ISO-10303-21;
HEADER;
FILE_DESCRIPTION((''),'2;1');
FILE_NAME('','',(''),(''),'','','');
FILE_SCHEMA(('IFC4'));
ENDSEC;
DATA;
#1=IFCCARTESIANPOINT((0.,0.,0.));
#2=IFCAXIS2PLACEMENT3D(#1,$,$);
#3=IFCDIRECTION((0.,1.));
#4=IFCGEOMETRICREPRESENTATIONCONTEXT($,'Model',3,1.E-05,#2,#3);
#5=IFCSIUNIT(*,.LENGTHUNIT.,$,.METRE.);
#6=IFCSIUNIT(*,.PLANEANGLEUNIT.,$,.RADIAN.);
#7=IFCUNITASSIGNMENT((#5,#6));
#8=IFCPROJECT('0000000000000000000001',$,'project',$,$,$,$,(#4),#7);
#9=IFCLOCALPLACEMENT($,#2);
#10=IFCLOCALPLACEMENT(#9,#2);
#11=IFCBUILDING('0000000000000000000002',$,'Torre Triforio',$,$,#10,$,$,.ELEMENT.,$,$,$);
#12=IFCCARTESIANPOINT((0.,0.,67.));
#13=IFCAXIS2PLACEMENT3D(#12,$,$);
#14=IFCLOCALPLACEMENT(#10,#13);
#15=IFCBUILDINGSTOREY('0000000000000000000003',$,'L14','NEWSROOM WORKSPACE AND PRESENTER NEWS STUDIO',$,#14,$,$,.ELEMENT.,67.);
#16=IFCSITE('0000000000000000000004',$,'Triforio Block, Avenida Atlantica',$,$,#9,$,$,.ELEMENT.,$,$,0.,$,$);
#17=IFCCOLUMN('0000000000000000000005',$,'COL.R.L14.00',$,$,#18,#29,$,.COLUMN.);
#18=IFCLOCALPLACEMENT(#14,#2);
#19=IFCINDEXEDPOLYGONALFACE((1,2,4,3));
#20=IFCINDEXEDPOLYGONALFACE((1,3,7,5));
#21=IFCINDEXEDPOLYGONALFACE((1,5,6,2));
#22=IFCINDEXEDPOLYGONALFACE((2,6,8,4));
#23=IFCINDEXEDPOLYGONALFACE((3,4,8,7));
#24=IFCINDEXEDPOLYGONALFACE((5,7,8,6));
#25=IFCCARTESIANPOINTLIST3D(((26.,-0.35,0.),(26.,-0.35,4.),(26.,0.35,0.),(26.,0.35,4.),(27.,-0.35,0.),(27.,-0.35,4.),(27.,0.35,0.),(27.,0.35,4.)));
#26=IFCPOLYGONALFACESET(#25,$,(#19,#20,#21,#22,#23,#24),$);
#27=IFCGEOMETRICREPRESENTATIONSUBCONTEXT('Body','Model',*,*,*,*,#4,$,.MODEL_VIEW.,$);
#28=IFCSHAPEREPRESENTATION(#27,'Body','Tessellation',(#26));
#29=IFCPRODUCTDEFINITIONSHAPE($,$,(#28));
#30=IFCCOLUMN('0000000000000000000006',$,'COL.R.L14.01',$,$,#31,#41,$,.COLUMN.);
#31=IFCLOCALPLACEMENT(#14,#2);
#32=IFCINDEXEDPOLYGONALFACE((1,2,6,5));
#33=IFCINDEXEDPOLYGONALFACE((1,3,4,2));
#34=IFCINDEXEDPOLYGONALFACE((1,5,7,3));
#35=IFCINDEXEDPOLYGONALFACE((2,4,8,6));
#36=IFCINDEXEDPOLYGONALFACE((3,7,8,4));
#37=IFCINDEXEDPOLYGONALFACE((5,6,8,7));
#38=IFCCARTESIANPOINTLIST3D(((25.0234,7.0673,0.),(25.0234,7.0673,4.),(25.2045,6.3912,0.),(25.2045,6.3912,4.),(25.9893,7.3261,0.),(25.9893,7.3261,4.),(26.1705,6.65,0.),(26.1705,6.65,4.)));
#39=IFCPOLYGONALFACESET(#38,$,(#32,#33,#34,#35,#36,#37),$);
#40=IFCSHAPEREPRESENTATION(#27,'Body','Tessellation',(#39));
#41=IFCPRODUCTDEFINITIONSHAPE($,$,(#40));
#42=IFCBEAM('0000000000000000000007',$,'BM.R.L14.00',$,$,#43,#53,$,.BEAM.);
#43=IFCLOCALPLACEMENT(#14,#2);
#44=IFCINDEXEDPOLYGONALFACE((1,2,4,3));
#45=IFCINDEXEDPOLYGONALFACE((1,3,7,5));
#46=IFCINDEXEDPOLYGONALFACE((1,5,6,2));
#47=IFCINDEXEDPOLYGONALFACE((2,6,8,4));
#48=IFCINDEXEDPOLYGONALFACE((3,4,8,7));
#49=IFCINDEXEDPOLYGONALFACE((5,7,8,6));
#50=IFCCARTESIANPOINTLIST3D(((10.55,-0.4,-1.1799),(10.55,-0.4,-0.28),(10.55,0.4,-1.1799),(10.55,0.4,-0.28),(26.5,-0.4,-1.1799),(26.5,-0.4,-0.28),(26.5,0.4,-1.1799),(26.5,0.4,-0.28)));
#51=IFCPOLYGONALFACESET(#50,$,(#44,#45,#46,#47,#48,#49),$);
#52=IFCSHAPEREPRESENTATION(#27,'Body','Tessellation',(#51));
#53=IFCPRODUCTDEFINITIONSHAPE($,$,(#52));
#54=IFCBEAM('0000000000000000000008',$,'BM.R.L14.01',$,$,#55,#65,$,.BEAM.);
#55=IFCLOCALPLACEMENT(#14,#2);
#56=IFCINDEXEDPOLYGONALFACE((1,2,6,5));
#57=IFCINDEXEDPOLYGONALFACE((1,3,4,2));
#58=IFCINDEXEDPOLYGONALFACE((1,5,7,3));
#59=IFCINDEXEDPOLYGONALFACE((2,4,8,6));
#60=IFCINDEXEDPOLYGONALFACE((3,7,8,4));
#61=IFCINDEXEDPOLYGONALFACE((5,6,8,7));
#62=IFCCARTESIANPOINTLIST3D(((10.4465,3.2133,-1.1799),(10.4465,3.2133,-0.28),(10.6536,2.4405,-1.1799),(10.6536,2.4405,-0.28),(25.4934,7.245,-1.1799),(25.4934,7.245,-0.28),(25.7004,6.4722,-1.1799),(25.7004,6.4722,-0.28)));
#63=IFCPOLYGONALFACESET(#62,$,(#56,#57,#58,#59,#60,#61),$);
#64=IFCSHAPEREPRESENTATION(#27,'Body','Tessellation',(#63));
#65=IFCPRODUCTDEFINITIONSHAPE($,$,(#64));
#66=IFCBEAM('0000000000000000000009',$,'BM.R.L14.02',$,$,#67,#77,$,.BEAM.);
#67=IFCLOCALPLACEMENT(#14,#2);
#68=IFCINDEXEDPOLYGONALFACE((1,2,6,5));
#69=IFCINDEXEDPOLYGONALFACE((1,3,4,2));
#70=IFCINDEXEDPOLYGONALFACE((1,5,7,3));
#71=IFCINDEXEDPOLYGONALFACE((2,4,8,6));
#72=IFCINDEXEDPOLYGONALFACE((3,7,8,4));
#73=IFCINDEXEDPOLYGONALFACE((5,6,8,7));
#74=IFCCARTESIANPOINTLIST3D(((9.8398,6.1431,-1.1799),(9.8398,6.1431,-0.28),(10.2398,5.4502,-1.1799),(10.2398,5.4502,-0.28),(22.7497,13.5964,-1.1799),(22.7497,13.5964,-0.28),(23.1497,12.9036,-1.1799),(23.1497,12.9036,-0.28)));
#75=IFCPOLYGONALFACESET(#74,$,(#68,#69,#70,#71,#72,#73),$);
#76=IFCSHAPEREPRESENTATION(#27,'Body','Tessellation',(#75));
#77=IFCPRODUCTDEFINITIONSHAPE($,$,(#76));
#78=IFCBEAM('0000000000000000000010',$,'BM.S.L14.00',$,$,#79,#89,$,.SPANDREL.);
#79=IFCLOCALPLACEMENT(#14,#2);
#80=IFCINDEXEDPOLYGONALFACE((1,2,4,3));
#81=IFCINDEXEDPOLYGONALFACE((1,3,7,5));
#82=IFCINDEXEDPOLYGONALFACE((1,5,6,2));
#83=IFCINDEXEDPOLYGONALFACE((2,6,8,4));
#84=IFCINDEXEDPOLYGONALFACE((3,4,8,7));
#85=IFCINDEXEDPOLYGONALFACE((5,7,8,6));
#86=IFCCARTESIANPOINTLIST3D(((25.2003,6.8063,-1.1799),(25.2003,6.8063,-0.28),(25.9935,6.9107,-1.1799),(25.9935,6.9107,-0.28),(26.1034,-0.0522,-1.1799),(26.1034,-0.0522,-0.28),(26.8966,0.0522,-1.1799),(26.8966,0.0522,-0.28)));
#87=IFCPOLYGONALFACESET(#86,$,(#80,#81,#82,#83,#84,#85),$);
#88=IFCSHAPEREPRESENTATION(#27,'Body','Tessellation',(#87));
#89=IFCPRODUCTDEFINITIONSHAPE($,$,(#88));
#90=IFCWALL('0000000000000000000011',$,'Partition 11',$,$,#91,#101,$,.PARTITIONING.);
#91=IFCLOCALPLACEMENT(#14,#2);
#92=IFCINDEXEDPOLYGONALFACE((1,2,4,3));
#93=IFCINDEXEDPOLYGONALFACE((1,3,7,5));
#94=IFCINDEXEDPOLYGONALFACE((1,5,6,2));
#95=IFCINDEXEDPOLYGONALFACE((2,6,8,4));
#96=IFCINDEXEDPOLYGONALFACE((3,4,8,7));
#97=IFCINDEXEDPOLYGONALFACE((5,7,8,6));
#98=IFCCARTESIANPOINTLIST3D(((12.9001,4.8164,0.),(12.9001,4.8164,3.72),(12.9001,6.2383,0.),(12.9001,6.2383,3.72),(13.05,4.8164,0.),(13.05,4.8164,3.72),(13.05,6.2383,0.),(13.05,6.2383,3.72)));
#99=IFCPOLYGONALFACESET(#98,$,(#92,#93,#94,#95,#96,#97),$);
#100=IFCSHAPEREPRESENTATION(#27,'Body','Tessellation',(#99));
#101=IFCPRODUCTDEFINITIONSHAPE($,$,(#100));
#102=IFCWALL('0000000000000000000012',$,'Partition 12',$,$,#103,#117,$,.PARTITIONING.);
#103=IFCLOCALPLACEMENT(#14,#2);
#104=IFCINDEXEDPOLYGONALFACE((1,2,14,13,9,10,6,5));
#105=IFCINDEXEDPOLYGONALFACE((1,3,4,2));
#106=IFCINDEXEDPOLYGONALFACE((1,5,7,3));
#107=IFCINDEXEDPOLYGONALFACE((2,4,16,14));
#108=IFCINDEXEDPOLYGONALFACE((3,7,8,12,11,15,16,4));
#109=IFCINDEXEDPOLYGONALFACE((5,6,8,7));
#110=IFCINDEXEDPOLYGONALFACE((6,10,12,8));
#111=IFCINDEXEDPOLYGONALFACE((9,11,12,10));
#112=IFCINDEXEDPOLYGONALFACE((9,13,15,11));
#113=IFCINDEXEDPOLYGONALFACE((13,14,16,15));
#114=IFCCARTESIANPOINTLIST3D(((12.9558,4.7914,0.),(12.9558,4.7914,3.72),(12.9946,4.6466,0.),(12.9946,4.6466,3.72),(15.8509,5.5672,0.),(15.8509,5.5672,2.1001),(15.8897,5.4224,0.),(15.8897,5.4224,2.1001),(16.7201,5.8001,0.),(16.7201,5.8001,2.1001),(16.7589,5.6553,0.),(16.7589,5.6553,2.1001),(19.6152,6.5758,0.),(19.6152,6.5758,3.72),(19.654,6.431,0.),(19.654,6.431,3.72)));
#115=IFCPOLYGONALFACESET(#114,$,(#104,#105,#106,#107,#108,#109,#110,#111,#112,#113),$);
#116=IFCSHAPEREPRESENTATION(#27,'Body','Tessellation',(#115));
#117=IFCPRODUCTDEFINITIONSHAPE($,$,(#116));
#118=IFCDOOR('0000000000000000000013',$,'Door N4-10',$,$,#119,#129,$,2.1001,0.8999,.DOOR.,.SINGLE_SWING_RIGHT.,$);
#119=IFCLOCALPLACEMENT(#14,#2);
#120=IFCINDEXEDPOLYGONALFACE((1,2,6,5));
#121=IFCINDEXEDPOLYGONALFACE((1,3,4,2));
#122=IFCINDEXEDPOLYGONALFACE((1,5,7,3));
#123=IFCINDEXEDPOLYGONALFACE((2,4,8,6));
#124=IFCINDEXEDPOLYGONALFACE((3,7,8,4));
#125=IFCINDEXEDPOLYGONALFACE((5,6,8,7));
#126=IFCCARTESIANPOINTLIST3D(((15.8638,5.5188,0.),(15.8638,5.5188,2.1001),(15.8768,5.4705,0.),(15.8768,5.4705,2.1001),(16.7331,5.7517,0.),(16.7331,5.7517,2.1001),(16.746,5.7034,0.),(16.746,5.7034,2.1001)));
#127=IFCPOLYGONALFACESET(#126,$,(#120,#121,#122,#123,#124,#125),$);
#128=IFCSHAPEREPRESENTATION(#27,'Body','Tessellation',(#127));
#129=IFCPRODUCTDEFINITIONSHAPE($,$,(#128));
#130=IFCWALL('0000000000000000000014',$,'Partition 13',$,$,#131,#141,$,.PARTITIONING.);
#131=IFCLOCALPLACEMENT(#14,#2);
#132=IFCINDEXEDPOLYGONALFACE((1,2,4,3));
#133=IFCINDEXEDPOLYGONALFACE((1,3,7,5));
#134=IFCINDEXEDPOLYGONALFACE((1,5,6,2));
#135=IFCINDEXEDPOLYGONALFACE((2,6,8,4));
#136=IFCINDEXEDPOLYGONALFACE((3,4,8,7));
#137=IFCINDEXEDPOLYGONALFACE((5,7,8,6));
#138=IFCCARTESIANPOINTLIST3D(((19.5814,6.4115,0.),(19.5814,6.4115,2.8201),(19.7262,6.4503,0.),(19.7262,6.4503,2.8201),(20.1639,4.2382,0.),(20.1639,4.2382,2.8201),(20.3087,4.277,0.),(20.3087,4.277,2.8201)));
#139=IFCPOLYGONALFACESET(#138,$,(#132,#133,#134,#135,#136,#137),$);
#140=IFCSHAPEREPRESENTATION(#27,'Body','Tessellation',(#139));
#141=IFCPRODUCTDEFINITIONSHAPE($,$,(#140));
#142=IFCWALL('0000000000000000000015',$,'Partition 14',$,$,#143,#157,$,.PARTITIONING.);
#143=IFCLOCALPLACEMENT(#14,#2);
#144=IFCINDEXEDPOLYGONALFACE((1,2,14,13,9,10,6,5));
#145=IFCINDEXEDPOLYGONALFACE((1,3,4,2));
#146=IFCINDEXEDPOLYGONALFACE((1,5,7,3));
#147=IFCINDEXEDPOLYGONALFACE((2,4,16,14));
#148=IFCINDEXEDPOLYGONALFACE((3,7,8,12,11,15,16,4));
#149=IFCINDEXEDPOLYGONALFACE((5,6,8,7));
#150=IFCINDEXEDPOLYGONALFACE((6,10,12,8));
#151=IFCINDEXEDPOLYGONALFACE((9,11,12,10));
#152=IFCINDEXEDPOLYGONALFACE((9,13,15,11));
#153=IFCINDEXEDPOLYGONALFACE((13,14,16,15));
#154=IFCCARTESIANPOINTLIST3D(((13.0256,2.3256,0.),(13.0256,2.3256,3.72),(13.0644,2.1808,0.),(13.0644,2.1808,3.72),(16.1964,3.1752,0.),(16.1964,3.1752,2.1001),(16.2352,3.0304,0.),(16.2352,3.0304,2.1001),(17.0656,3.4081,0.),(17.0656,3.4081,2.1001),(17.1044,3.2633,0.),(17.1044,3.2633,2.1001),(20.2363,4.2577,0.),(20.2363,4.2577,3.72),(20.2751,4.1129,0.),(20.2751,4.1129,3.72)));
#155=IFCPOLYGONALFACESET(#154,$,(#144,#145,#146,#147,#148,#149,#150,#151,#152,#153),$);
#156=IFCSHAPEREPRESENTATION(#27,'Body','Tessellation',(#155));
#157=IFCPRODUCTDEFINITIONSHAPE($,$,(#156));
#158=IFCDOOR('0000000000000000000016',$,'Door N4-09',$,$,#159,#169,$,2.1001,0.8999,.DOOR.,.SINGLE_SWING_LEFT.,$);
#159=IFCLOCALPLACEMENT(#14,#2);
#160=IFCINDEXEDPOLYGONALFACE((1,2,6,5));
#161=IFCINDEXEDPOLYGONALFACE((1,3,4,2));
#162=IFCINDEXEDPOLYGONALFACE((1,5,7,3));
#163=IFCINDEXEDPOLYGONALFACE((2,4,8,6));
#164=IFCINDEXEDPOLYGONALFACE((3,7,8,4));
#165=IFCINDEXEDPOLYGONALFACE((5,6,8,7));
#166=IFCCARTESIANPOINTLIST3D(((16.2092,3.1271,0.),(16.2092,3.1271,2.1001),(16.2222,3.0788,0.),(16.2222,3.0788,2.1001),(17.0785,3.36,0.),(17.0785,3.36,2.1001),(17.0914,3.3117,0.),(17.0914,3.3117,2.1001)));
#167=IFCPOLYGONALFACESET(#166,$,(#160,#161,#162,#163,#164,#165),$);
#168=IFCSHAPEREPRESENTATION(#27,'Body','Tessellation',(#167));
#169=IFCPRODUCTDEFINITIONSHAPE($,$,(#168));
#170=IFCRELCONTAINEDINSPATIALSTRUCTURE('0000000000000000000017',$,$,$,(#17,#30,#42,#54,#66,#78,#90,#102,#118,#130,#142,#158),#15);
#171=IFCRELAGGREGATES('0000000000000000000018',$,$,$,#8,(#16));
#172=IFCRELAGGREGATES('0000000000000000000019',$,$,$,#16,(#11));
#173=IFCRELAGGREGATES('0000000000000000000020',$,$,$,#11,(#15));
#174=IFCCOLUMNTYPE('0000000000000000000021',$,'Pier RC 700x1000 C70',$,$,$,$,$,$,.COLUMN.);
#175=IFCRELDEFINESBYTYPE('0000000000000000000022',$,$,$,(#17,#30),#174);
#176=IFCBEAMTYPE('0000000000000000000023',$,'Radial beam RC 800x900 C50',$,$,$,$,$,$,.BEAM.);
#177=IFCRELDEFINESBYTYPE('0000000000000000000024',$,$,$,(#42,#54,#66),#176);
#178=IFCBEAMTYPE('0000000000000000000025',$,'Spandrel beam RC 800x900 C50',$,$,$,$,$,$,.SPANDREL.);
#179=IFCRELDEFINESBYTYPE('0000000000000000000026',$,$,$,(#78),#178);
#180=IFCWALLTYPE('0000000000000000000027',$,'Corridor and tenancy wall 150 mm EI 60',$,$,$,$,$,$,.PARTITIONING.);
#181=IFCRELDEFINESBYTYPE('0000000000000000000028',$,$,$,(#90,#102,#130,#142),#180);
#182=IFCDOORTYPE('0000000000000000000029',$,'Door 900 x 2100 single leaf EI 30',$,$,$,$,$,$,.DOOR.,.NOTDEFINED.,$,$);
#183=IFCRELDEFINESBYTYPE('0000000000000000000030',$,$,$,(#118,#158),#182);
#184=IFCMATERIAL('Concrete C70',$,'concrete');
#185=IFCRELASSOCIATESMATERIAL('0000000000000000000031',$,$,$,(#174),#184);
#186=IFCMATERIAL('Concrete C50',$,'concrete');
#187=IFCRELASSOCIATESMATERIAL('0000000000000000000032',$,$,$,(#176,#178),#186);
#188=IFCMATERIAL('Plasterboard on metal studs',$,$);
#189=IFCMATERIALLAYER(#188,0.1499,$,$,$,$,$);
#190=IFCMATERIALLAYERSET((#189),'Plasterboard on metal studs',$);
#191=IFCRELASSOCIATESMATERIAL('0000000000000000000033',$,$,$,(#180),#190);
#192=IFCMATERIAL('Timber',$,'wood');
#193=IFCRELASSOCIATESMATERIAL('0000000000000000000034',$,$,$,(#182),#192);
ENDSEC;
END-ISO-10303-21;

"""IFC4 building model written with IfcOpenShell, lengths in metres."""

from ifc_helpers import new_model, si_unit, direction, frame, frame_2d, origin, origin_2d, place, context, subcontext, project, spatial, rectangle, extrude, material, layer, layer_set, material_profile, profile_set, type_object, element, fill, save


model = new_model("IFC4")

# Units and contexts
model_context = context("Model", 3, precision=1e-05, world=origin(), true_north=direction((0.0, 1.0)))
body_context = subcontext(model_context, "Body", "Model", "MODEL_VIEW")
ifc_project = project(units=[si_unit("LENGTHUNIT", "METRE"), si_unit("PLANEANGLEUNIT", "RADIAN")], contexts=[model_context])

# Site, building, storey
site_placement = place(None, origin())
site = spatial("IfcSite", under=ifc_project, at=site_placement, Name="Triforio Block, Avenida Atlantica", CompositionType="ELEMENT", RefElevation=0.0)
building_placement = place(site_placement, origin())
building = spatial("IfcBuilding", under=site, at=building_placement, Name="Torre Triforio", CompositionType="ELEMENT")
storey_placement = place(building_placement, frame((0.0, 0.0, 67.0)))
storey = spatial("IfcBuildingStorey", under=building, at=storey_placement, Name="L14", Description="NEWSROOM WORKSPACE AND PRESENTER NEWS STUDIO", CompositionType="ELEMENT", Elevation=67.0)

# Columns
ifc_material_1 = material(Name="Concrete C70", Category="concrete")
ifc_material_profile_1 = material_profile(ifc_material_1, rectangle(XDim=0.7, YDim=1.0, at=origin_2d()), Name="RC 700x1000")
ifc_profile_set_1 = profile_set([ifc_material_profile_1], Name="Concrete C70")
column_type = type_object("IfcColumnType", Name="Pier RC 700x1000 C70", PredefinedType="COLUMN", material=ifc_profile_set_1)
for number, where, z_axis, x_axis, name in (
    (1, (26.5, 0.0, 0.0), (0.0, 0.0, 1.0), (0.0, 1.0, 0.0), "COL.R.L14.00"),
    (2, (25.5969, 6.8586, 0.0), (0.0, 0.0, 1.0), (-0.258819, 0.965926, 0.0), "COL.R.L14.01"),
):
    element("IfcColumn", number, at=place(storey_placement, frame(where, z_axis=z_axis, x_axis=x_axis)), inside=storey, type_object=column_type, Name=name, PredefinedType="COLUMN", context=body_context, shape_type="SweptSolid", body=[
        extrude(rectangle(XDim=0.7, YDim=1.0, at=origin_2d()), origin(), (0.0, 0.0, 1.0), 4.0),
    ])

# Beams
ifc_material_2 = material(Name="Concrete C50", Category="concrete")
ifc_material_profile_2 = material_profile(ifc_material_2, rectangle(XDim=0.8, YDim=0.8999, at=origin_2d()), Name="RC 800x900")
ifc_profile_set_2 = profile_set([ifc_material_profile_2], Name="Concrete C50")
beam_type_1 = type_object("IfcBeamType", Name="Radial beam RC 800x900 C50", PredefinedType="BEAM", material=ifc_profile_set_2)
beam_1_placement = place(storey_placement, frame((10.55, 0.0, -0.73), z_axis=(1.0, 0.0, 0.0), x_axis=(0.0, 1.0, 0.0)))
element("IfcBeam", 3, at=beam_1_placement, inside=storey, type_object=beam_type_1, Name="BM.R.L14.00", PredefinedType="BEAM", context=body_context, shape_type="SweptSolid", body=[
    extrude(rectangle(XDim=0.8, YDim=0.8999, at=origin_2d()), origin(), (0.0, 0.0, 1.0), 15.95),
])
beam_2_placement = place(storey_placement, frame((10.55, 2.8269, -0.73), z_axis=(0.965927, 0.258815, 0.0), x_axis=(-0.258815, 0.965927, 0.0)))
element("IfcBeam", 4, at=beam_2_placement, inside=storey, type_object=beam_type_1, Name="BM.R.L14.01", PredefinedType="BEAM", context=body_context, shape_type="SweptSolid", body=[
    extrude(rectangle(XDim=0.8, YDim=0.8999, at=origin_2d()), origin(), (0.0, 0.0, 1.0), 15.5776),
])
beam_3_placement = place(storey_placement, frame((10.0398, 5.7966, -0.73), z_axis=(0.86603, 0.499991, 0.0), x_axis=(-0.499991, 0.86603, 0.0)))
element("IfcBeam", 5, at=beam_3_placement, inside=storey, type_object=beam_type_1, Name="BM.R.L14.02", PredefinedType="BEAM", context=body_context, shape_type="SweptSolid", body=[
    extrude(rectangle(XDim=0.8, YDim=0.8999, at=origin_2d()), origin(), (0.0, 0.0, 1.0), 14.907),
])
ifc_material_profile_3 = material_profile(ifc_material_2, rectangle(XDim=0.8, YDim=0.8999, at=origin_2d()), Name="RC 800x900")
ifc_profile_set_3 = profile_set([ifc_material_profile_3], Name="Concrete C50")
beam_type_2 = type_object("IfcBeamType", Name="Spandrel beam RC 800x900 C50", PredefinedType="SPANDREL", material=ifc_profile_set_3)
beam_4_placement = place(storey_placement, frame((26.5, 0.0, -0.73), z_axis=(-0.130543, 0.991443, 0.0), x_axis=(-0.991443, -0.130543, 0.0)))
element("IfcBeam", 6, at=beam_4_placement, inside=storey, type_object=beam_type_2, Name="BM.S.L14.00", PredefinedType="SPANDREL", context=body_context, shape_type="SweptSolid", body=[
    extrude(rectangle(XDim=0.8, YDim=0.8999, at=origin_2d()), origin(), (0.0, 0.0, 1.0), 6.9177),
])

# Wall
ifc_material_3 = material(Name="Plasterboard on metal studs")
ifc_layer_1 = layer(ifc_material_3, 0.1499)
ifc_layer_set_1 = layer_set([ifc_layer_1], Name="Plasterboard on metal studs")
wall_type_1 = type_object("IfcWallType", Name="Corridor and tenancy wall 150 mm EI 60", PredefinedType="PARTITIONING", material=ifc_layer_set_1)
wall_1_placement = place(storey_placement, frame((12.9751, 6.2383, 0.0), z_axis=(0.0, 0.0, 1.0), x_axis=(0.0, -1.0, 0.0)))
element("IfcWall", 7, at=wall_1_placement, inside=storey, type_object=wall_type_1, Name="Partition 11", PredefinedType="PARTITIONING", context=body_context, shape_type="SweptSolid", body=[
    extrude(rectangle(XDim=1.4219, YDim=0.1499, at=frame_2d((0.7109, 0.0))), origin(), (0.0, 0.0, 1.0), 3.72),
])

# Wall, opening, door
wall_2_placement = place(storey_placement, frame((12.9751, 4.719, 0.0), z_axis=(0.0, 0.0, 1.0), x_axis=(0.965924, 0.258824, 0.0)))
wall_2 = element("IfcWall", 8, at=wall_2_placement, inside=storey, type_object=wall_type_1, Name="Partition 12", PredefinedType="PARTITIONING", context=body_context, shape_type="SweptSolid", body=[
    extrude(rectangle(XDim=6.8943, YDim=0.1499, at=frame_2d((3.4473, 0.0))), origin(), (0.0, 0.0, 1.0), 3.72),
])
opening_1_placement = place(wall_2_placement, frame((2.9973, 0.0, 0.0)))
opening_1 = element("IfcOpeningElement", 9, at=opening_1_placement, cuts=wall_2, PredefinedType="OPENING", context=body_context, shape_type="SweptSolid", body=[
    extrude(rectangle(XDim=0.8999, YDim=2.1001, at=frame_2d((0.45, 1.05))), frame((0.0, 0.085, 0.0), z_axis=(0.0, -1.0, 0.0), x_axis=(1.0, 0.0, 0.0)), (0.0, 0.0, 1.0), 0.1699),
])
ifc_material_4 = material(Name="Timber", Category="wood")
door_type_1 = type_object("IfcDoorType", Name="Door 900 x 2100 single leaf EI 30", OperationType="NOTDEFINED", PredefinedType="DOOR", material=ifc_material_4)
door_1_placement = place(opening_1_placement, origin())
door_1 = element("IfcDoor", 10, at=door_1_placement, inside=storey, type_object=door_type_1, Name="Door N4-10", OperationType="SINGLE_SWING_RIGHT", OverallHeight=2.1001, OverallWidth=0.8999, PredefinedType="DOOR", context=body_context, shape_type="SweptSolid", body=[
    extrude(rectangle(XDim=0.8999, YDim=2.1001, at=frame_2d((0.45, 1.05))), frame((0.0, 0.0249, 0.0), z_axis=(0.0, -1.0, 0.0), x_axis=(1.0, 0.0, 0.0)), (0.0, 0.0, 1.0), 0.05),
])
fill(opening_1, door_1)

# Wall
wall_3_placement = place(storey_placement, frame((19.6538, 6.4309, 0.0), z_axis=(0.0, 0.0, 1.0), x_axis=(0.258892, -0.965906, 0.0)))
element("IfcWall", 11, at=wall_3_placement, inside=storey, type_object=wall_type_1, Name="Partition 13", PredefinedType="PARTITIONING", context=body_context, shape_type="SweptSolid", body=[
    extrude(rectangle(XDim=2.25, YDim=0.1499, at=frame_2d((1.125, 0.0))), origin(), (0.0, 0.0, 1.0), 2.8201),
])

# Wall, opening, door
wall_4_placement = place(storey_placement, frame((20.2556, 4.1853, 0.0), z_axis=(0.0, 0.0, 1.0), x_axis=(-0.965925, -0.258823, 0.0)))
wall_4 = element("IfcWall", 12, at=wall_4_placement, inside=storey, type_object=wall_type_1, Name="Partition 14", PredefinedType="PARTITIONING", context=body_context, shape_type="SweptSolid", body=[
    extrude(rectangle(XDim=7.4651, YDim=0.1499, at=frame_2d((3.7324, 0.0))), origin(), (0.0, 0.0, 1.0), 3.72),
])
opening_2_placement = place(wall_4_placement, frame((3.2825, 0.0, 0.0)))
opening_2 = element("IfcOpeningElement", 13, at=opening_2_placement, cuts=wall_4, PredefinedType="OPENING", context=body_context, shape_type="SweptSolid", body=[
    extrude(rectangle(XDim=0.8999, YDim=2.1001, at=frame_2d((0.45, 1.05))), frame((0.0, 0.085, 0.0), z_axis=(0.0, -1.0, 0.0), x_axis=(1.0, 0.0, 0.0)), (0.0, 0.0, 1.0), 0.1699),
])
door_2_placement = place(opening_2_placement, origin())
door_2 = element("IfcDoor", 14, at=door_2_placement, inside=storey, type_object=door_type_1, Name="Door N4-09", OperationType="SINGLE_SWING_LEFT", OverallHeight=2.1001, OverallWidth=0.8999, PredefinedType="DOOR", context=body_context, shape_type="SweptSolid", body=[
    extrude(rectangle(XDim=0.8999, YDim=2.1001, at=frame_2d((0.45, 1.05))), frame((0.0, 0.0249, 0.0), z_axis=(0.0, -1.0, 0.0), x_axis=(1.0, 0.0, 0.0)), (0.0, 0.0, 1.0), 0.05),
])
fill(opening_2, door_2)

save(model, "model.ifc")
